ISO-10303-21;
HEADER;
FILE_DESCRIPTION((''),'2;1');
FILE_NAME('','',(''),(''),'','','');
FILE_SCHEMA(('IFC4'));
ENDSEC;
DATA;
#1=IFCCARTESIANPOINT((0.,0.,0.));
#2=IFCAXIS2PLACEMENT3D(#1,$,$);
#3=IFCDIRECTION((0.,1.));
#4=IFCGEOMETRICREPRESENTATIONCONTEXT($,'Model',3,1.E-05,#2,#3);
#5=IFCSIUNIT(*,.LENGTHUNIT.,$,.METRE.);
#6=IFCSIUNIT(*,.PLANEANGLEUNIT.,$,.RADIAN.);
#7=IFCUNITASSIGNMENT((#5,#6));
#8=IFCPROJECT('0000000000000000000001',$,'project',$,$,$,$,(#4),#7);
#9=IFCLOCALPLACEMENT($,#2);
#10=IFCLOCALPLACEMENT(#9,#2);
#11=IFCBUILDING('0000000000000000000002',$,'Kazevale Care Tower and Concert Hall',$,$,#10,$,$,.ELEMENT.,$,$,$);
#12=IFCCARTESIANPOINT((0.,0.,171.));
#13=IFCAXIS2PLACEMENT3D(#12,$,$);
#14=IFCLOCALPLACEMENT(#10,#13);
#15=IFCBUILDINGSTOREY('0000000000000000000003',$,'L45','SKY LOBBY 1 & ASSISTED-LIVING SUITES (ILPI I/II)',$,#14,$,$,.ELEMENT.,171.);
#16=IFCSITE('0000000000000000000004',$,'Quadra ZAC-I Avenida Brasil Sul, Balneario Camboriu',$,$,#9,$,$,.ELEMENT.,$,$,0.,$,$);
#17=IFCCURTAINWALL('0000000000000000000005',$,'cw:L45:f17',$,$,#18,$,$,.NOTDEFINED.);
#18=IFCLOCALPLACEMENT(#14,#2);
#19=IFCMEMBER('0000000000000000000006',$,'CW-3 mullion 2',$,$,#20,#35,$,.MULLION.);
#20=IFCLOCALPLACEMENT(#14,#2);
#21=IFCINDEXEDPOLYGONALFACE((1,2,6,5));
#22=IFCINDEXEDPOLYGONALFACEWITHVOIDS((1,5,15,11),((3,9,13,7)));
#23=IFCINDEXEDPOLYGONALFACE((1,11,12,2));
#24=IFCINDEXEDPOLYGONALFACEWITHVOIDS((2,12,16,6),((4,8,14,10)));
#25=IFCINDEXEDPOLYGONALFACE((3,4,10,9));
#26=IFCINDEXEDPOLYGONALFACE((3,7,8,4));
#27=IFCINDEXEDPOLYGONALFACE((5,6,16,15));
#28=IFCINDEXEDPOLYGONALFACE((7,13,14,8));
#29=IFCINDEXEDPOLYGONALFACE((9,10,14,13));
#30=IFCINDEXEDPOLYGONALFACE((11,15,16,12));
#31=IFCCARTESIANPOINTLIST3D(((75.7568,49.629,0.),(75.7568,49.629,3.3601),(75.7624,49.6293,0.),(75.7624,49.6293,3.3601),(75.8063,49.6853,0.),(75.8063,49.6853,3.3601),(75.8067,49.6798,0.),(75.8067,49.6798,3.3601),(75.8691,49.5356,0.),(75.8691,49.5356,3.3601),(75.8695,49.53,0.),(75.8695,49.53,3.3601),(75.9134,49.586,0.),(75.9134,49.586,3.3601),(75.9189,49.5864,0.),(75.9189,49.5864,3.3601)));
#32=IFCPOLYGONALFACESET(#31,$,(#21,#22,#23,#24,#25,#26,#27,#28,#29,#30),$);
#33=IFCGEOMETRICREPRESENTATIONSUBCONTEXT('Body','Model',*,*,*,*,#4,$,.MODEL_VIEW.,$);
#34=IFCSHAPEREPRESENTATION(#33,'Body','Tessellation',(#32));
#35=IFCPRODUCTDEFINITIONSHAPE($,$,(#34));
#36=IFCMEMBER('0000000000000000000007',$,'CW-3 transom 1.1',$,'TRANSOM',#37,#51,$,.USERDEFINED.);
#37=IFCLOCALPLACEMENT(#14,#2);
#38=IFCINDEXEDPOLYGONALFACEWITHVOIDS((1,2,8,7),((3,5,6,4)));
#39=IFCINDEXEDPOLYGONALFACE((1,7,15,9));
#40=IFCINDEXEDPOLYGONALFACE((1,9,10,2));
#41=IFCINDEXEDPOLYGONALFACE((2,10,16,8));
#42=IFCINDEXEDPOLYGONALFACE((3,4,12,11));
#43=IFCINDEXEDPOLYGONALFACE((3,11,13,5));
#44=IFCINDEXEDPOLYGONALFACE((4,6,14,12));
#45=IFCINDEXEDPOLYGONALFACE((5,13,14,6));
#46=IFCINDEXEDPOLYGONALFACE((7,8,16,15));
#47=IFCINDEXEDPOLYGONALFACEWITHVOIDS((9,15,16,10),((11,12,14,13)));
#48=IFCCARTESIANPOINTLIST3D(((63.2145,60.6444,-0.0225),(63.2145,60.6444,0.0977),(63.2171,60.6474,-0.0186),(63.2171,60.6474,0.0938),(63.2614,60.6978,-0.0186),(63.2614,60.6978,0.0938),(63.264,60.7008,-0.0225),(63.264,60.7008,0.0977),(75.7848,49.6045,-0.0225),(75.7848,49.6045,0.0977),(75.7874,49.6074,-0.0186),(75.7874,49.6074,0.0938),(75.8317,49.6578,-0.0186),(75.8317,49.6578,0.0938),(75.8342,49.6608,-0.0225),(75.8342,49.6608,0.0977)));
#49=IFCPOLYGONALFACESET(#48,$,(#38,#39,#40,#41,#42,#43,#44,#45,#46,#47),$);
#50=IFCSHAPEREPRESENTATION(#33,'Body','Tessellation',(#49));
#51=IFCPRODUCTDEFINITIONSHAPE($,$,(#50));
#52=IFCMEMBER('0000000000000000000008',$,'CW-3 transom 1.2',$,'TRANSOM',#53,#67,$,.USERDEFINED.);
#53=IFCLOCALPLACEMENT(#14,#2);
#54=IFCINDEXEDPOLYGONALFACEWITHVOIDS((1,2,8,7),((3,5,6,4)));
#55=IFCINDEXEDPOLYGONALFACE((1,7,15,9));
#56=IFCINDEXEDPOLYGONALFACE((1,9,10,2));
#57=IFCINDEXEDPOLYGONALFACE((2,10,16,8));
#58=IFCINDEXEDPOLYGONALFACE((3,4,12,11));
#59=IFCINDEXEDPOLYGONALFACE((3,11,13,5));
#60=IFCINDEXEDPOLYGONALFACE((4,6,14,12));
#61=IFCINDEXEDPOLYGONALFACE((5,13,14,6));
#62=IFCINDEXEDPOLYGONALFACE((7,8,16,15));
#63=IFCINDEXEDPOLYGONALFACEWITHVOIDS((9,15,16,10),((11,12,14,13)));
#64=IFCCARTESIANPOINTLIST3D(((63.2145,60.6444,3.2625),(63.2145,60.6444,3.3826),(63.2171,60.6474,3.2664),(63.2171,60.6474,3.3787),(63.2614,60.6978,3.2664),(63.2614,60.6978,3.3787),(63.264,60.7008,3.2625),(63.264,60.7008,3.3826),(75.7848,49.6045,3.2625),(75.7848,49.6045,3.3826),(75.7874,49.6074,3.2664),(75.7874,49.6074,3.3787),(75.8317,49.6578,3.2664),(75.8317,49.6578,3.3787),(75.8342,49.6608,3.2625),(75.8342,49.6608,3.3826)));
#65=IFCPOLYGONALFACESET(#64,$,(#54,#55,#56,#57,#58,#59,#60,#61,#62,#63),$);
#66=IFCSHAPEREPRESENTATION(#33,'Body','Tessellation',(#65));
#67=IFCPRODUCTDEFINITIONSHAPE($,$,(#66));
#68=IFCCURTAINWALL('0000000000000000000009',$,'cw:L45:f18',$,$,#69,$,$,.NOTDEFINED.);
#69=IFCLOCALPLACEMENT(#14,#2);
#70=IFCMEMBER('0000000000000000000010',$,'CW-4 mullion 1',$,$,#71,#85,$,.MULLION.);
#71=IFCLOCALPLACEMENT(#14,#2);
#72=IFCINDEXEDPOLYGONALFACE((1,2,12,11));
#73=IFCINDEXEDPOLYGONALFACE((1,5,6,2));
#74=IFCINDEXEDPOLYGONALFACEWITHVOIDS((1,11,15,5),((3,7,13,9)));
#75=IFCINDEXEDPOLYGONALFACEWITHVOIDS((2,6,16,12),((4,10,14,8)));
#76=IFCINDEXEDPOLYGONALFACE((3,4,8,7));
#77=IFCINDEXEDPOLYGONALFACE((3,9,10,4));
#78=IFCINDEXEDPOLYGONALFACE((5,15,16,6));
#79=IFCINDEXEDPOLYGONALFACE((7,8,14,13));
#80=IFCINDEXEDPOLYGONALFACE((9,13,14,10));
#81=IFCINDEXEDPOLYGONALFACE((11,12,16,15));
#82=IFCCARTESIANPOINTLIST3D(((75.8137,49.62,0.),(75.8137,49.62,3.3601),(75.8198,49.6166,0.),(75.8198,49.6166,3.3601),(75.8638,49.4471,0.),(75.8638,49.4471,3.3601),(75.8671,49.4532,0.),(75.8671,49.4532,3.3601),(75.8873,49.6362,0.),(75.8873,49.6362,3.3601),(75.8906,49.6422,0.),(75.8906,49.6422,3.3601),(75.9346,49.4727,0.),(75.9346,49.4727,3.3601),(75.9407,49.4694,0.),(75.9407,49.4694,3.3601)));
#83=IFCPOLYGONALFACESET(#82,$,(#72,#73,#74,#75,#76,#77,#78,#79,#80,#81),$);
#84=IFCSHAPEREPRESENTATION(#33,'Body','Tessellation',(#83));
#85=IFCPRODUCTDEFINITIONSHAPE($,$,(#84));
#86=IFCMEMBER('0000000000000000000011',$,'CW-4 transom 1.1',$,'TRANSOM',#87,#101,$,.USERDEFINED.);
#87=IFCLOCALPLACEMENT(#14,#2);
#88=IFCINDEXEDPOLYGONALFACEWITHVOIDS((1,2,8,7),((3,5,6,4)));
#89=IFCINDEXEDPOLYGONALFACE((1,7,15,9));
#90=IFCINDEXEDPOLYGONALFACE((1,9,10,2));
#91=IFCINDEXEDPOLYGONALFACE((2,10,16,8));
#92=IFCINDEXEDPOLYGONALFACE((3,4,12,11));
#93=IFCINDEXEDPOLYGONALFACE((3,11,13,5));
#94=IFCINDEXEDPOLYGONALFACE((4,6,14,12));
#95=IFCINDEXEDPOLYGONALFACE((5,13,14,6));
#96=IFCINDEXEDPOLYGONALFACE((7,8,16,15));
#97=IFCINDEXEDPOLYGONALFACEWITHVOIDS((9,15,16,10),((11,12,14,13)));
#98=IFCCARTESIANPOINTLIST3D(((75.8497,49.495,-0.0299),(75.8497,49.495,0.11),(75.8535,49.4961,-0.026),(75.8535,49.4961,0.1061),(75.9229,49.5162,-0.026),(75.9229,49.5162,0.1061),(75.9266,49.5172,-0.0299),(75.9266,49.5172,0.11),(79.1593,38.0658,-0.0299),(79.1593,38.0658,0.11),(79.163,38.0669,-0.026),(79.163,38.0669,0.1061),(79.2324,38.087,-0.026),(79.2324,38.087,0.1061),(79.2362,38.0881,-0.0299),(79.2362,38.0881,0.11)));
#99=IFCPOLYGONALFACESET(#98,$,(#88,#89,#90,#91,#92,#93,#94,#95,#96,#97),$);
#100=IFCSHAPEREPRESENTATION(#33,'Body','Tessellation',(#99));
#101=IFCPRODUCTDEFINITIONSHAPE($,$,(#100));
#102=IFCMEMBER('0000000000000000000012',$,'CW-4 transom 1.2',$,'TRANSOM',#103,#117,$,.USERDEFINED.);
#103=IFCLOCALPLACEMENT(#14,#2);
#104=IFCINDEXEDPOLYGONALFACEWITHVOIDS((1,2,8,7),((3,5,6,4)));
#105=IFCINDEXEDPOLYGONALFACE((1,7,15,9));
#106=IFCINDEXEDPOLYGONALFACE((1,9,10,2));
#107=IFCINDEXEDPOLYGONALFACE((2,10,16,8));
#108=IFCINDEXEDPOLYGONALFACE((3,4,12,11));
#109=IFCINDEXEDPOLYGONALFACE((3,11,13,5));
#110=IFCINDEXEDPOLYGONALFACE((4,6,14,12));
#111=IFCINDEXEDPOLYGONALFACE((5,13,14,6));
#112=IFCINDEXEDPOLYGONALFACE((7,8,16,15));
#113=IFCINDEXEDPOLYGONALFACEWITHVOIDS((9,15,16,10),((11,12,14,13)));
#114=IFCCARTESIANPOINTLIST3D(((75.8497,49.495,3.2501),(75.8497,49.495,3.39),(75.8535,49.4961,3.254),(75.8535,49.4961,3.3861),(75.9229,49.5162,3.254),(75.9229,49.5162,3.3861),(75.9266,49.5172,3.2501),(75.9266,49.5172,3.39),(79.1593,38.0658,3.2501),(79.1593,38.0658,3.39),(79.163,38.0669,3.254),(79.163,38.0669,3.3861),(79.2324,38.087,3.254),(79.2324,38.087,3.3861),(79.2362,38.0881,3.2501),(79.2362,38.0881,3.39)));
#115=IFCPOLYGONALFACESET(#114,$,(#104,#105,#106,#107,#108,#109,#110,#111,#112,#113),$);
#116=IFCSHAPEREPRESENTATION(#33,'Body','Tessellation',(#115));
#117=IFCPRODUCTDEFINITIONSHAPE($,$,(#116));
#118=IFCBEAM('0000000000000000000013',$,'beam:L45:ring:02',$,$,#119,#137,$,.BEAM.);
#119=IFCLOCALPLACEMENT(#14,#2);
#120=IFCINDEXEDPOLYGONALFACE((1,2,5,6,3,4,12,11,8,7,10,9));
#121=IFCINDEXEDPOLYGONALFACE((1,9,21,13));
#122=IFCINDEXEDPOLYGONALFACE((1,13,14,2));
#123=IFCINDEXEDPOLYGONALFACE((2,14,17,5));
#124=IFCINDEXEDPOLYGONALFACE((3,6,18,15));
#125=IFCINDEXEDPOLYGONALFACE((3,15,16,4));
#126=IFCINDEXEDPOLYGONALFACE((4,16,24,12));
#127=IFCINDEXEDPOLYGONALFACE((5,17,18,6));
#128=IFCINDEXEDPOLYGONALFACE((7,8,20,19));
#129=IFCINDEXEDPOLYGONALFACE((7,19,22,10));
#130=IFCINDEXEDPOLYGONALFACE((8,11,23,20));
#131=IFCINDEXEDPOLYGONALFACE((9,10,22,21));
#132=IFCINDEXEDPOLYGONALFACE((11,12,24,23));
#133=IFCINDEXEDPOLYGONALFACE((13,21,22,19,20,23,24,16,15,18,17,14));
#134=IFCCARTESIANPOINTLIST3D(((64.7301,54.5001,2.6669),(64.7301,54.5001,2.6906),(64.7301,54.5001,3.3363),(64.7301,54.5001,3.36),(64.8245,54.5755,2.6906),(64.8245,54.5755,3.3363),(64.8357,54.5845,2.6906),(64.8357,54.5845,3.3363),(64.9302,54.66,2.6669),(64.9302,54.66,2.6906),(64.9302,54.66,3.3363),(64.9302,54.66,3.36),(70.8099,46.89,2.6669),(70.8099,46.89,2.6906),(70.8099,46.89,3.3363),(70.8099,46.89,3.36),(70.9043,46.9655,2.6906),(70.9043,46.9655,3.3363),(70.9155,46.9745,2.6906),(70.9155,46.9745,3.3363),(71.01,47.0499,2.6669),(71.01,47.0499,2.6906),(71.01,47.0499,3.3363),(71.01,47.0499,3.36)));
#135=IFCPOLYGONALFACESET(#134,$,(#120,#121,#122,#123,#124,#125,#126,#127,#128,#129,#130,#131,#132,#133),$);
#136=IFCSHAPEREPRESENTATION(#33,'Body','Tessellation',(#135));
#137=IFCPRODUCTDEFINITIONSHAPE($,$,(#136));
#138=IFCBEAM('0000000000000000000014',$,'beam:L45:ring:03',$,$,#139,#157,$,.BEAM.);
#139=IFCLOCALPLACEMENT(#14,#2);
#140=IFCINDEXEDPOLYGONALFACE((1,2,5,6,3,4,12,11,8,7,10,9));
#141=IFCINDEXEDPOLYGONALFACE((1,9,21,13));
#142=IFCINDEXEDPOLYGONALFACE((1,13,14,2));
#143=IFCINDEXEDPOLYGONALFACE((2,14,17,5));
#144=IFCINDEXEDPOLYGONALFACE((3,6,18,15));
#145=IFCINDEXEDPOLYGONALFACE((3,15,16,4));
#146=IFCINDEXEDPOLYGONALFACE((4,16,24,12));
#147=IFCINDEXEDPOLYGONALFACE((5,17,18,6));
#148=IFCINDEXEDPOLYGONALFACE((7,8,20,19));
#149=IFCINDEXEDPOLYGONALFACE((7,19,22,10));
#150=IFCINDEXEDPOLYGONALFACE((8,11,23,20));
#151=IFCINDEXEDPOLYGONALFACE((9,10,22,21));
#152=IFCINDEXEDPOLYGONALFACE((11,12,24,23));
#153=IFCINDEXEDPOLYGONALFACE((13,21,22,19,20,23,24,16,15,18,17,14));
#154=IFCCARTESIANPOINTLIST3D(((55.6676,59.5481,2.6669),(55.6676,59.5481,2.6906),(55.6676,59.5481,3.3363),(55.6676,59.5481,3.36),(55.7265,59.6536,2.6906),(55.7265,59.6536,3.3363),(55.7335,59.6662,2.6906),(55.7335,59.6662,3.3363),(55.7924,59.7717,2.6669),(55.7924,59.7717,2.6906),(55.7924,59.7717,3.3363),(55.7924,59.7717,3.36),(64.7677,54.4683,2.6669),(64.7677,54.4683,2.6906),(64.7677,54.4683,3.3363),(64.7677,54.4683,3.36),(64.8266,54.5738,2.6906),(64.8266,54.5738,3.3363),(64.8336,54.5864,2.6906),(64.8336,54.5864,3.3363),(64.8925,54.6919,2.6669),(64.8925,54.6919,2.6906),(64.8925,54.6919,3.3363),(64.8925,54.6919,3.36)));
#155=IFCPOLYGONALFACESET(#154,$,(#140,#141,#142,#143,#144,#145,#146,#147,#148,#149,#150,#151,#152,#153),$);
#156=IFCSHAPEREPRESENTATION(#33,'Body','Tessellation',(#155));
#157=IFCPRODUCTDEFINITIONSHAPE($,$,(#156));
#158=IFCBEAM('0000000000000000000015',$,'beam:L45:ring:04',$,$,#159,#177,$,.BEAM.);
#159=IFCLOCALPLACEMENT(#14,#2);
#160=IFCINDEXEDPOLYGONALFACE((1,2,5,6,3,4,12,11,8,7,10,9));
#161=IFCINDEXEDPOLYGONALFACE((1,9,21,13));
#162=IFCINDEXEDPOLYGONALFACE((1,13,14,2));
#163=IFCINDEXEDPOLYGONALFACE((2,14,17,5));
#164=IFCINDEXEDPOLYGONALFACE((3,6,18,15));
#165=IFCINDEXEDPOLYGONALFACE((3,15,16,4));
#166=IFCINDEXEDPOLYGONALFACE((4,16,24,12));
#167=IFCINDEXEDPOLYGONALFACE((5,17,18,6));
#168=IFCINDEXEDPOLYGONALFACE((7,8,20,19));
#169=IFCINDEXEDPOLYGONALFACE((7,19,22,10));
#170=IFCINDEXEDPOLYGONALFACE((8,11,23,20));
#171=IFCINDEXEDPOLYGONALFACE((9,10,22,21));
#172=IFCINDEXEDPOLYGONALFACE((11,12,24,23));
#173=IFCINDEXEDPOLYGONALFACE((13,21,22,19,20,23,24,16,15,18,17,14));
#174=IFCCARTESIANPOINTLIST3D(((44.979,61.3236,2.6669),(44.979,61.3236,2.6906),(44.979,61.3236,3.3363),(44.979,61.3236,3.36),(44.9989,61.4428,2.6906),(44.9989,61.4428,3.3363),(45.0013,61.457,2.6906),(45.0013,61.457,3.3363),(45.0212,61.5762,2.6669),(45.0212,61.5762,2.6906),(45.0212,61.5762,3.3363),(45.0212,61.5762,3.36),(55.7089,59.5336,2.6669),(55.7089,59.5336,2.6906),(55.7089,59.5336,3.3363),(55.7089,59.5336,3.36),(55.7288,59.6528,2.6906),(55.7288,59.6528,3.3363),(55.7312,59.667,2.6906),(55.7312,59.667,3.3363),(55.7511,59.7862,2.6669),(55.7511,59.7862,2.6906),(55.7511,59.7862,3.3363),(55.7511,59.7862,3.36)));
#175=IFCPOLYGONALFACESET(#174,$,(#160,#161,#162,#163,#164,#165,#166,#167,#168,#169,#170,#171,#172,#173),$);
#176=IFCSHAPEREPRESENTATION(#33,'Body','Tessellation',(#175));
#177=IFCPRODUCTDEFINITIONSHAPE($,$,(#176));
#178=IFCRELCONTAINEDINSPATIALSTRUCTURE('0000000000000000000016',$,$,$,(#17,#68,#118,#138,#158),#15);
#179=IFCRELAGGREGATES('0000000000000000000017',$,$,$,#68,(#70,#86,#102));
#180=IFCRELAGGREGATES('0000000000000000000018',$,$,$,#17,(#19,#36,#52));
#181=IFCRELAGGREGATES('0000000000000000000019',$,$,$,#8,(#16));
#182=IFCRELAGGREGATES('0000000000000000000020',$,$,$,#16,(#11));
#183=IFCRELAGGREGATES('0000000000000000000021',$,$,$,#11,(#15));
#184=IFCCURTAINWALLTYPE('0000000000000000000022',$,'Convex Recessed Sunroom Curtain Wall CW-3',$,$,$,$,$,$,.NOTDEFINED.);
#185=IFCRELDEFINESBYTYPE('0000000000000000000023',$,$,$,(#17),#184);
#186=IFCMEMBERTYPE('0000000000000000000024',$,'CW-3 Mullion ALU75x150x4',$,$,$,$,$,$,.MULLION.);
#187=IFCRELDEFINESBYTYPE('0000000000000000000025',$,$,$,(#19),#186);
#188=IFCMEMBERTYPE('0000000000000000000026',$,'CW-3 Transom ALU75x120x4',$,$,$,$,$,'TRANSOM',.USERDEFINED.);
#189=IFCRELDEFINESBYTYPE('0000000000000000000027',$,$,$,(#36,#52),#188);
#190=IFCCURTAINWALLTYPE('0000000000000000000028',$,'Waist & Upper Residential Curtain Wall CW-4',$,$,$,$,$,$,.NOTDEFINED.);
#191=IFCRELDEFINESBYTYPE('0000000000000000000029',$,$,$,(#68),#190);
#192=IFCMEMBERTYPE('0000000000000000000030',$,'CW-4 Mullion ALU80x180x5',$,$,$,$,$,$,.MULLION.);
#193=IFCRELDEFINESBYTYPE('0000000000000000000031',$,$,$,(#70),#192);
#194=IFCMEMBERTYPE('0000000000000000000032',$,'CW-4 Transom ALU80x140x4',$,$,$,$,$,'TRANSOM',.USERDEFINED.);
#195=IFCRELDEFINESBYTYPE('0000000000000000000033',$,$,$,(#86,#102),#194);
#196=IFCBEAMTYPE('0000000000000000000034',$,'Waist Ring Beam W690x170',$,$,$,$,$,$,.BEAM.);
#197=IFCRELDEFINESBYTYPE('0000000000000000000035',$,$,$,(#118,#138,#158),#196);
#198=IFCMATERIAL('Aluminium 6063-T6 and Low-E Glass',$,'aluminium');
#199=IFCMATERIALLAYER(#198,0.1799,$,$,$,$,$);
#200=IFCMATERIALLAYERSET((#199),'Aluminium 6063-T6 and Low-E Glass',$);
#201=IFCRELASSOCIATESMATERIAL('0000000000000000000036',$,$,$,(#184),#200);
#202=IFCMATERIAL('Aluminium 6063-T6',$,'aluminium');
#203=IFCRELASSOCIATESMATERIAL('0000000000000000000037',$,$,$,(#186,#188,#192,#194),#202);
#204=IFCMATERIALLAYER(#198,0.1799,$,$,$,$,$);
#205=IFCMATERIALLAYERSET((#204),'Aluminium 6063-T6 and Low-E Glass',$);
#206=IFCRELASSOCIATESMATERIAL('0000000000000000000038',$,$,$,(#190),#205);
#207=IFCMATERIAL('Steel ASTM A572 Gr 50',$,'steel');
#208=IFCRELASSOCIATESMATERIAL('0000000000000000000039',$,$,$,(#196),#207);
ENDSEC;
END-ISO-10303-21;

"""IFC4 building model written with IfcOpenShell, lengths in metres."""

from ifc_helpers import new_model, si_unit, direction, frame, origin, origin_2d, place, context, subcontext, project, spatial, hollow_rectangle, i_section, extrude, material, layer, layer_set, material_profile, profile_set, type_object, element, aggregate, save


model = new_model("IFC4")

# Units and contexts
model_context = context("Model", 3, precision=1e-05, world=origin(), true_north=direction((0.0, 1.0)))
body_context = subcontext(model_context, "Body", "Model", "MODEL_VIEW")
ifc_project = project(units=[si_unit("LENGTHUNIT", "METRE"), si_unit("PLANEANGLEUNIT", "RADIAN")], contexts=[model_context])

# Site, building, storey
site_placement = place(None, origin())
site = spatial("IfcSite", under=ifc_project, at=site_placement, Name="Quadra ZAC-I Avenida Brasil Sul, Balneario Camboriu", CompositionType="ELEMENT", RefElevation=0.0)
building_placement = place(site_placement, origin())
building = spatial("IfcBuilding", under=site, at=building_placement, Name="Kazevale Care Tower and Concert Hall", CompositionType="ELEMENT")
storey_placement = place(building_placement, frame((0.0, 0.0, 171.0)))
storey = spatial("IfcBuildingStorey", under=building, at=storey_placement, Name="L45", Description="SKY LOBBY 1 & ASSISTED-LIVING SUITES (ILPI I/II)", CompositionType="ELEMENT", Elevation=171.0)

# Shared definitions
ifc_material_1 = material(Name="Aluminium 6063-T6 and Low-E Glass", Category="aluminium")
ifc_material_2 = material(Name="Aluminium 6063-T6", Category="aluminium")

# Curtain walls, members
ifc_layer_1 = layer(ifc_material_1, 0.1799)
ifc_layer_set_1 = layer_set([ifc_layer_1], Name="Aluminium 6063-T6 and Low-E Glass")
curtain_wall_type_1 = type_object("IfcCurtainWallType", Name="Convex Recessed Sunroom Curtain Wall CW-3", PredefinedType="NOTDEFINED", material=ifc_layer_set_1)
curtain_wall_1_placement = place(storey_placement, origin())
curtain_wall_1 = element("IfcCurtainWall", 1, at=curtain_wall_1_placement, inside=storey, type_object=curtain_wall_type_1, Name="cw:L45:f17", PredefinedType="NOTDEFINED")
ifc_material_profile_1 = material_profile(ifc_material_2, hollow_rectangle(XDim=0.075, YDim=0.1499, WallThickness=0.0039, at=origin_2d()), Name="ALU75x150x4")
ifc_profile_set_1 = profile_set([ifc_material_profile_1], Name="Aluminium 6063-T6")
member_type_1 = type_object("IfcMemberType", Name="CW-3 Mullion ALU75x150x4", PredefinedType="MULLION", material=ifc_profile_set_1)
member_1_placement = place(storey_placement, frame((75.8379, 49.6077, 0.0), z_axis=(0.0, 0.0, 1.0), x_axis=(0.659892, 0.751361, 0.0)))
member_1 = element("IfcMember", 2, at=member_1_placement, type_object=member_type_1, Name="CW-3 mullion 2", PredefinedType="MULLION", context=body_context, shape_type="SweptSolid", body=[
    extrude(hollow_rectangle(XDim=0.075, YDim=0.1499, WallThickness=0.0039, at=origin_2d()), origin(), (0.0, 0.0, 1.0), 3.3601),
])
ifc_material_profile_2 = material_profile(ifc_material_2, hollow_rectangle(XDim=0.075, YDim=0.1201, WallThickness=0.0039, at=origin_2d()), Name="ALU75x120x4")
ifc_profile_set_2 = profile_set([ifc_material_profile_2], Name="Aluminium 6063-T6")
member_type_2 = type_object("IfcMemberType", Name="CW-3 Transom ALU75x120x4", ElementType="TRANSOM", PredefinedType="USERDEFINED", material=ifc_profile_set_2)
member_2_placement = place(storey_placement, frame((63.2393, 60.6726, 0.0376), z_axis=(0.75136, -0.659892, 0.0), x_axis=(0.659892, 0.75136, 0.0)))
member_2 = element("IfcMember", 3, at=member_2_placement, type_object=member_type_2, Name="CW-3 transom 1.1", ObjectType="TRANSOM", PredefinedType="USERDEFINED", context=body_context, shape_type="SweptSolid", body=[
    extrude(hollow_rectangle(XDim=0.075, YDim=0.1201, WallThickness=0.0039, at=origin_2d()), origin(), (0.0, 0.0, 1.0), 16.73),
])
member_3_placement = place(storey_placement, frame((63.2393, 60.6726, 3.3225), z_axis=(0.75136, -0.659892, 0.0), x_axis=(0.659892, 0.75136, 0.0)))
member_3 = element("IfcMember", 4, at=member_3_placement, type_object=member_type_2, Name="CW-3 transom 1.2", ObjectType="TRANSOM", PredefinedType="USERDEFINED", context=body_context, shape_type="SweptSolid", body=[
    extrude(hollow_rectangle(XDim=0.075, YDim=0.1201, WallThickness=0.0039, at=origin_2d()), origin(), (0.0, 0.0, 1.0), 16.73),
])
ifc_layer_2 = layer(ifc_material_1, 0.1799)
ifc_layer_set_2 = layer_set([ifc_layer_2], Name="Aluminium 6063-T6 and Low-E Glass")
curtain_wall_type_2 = type_object("IfcCurtainWallType", Name="Waist & Upper Residential Curtain Wall CW-4", PredefinedType="NOTDEFINED", material=ifc_layer_set_2)
curtain_wall_2_placement = place(storey_placement, origin())
curtain_wall_2 = element("IfcCurtainWall", 5, at=curtain_wall_2_placement, inside=storey, type_object=curtain_wall_type_2, Name="cw:L45:f18", PredefinedType="NOTDEFINED")
ifc_material_profile_3 = material_profile(ifc_material_2, hollow_rectangle(XDim=0.0801, YDim=0.1799, WallThickness=0.0049, at=origin_2d()), Name="ALU80x180x5")
ifc_profile_set_3 = profile_set([ifc_material_profile_3], Name="Aluminium 6063-T6")
member_type_3 = type_object("IfcMemberType", Name="CW-4 Mullion ALU80x180x5", PredefinedType="MULLION", material=ifc_profile_set_3)
member_4_placement = place(storey_placement, frame((75.8772, 49.5447, 0.0), z_axis=(0.0, 0.0, 1.0), x_axis=(0.960542, 0.278137, 0.0)))
member_4 = element("IfcMember", 6, at=member_4_placement, type_object=member_type_3, Name="CW-4 mullion 1", PredefinedType="MULLION", context=body_context, shape_type="SweptSolid", body=[
    extrude(hollow_rectangle(XDim=0.0801, YDim=0.1799, WallThickness=0.0049, at=origin_2d()), origin(), (0.0, 0.0, 1.0), 3.3601),
])
ifc_material_profile_4 = material_profile(ifc_material_2, hollow_rectangle(XDim=0.0801, YDim=0.1399, WallThickness=0.0039, at=origin_2d()), Name="ALU80x140x4")
ifc_profile_set_4 = profile_set([ifc_material_profile_4], Name="Aluminium 6063-T6")
member_type_4 = type_object("IfcMemberType", Name="CW-4 Transom ALU80x140x4", ElementType="TRANSOM", PredefinedType="USERDEFINED", material=ifc_profile_set_4)
member_5_placement = place(storey_placement, frame((75.8882, 49.5061, 0.04), z_axis=(0.278145, -0.960539, 0.0), x_axis=(0.960539, 0.278145, 0.0)))
member_5 = element("IfcMember", 7, at=member_5_placement, type_object=member_type_4, Name="CW-4 transom 1.1", ObjectType="TRANSOM", PredefinedType="USERDEFINED", context=body_context, shape_type="SweptSolid", body=[
    extrude(hollow_rectangle(XDim=0.0801, YDim=0.1399, WallThickness=0.0039, at=origin_2d()), origin(), (0.0, 0.0, 1.0), 11.8987),
])
member_6_placement = place(storey_placement, frame((75.8882, 49.5061, 3.3201), z_axis=(0.278145, -0.960539, 0.0), x_axis=(0.960539, 0.278145, 0.0)))
member_6 = element("IfcMember", 8, at=member_6_placement, type_object=member_type_4, Name="CW-4 transom 1.2", ObjectType="TRANSOM", PredefinedType="USERDEFINED", context=body_context, shape_type="SweptSolid", body=[
    extrude(hollow_rectangle(XDim=0.0801, YDim=0.1399, WallThickness=0.0039, at=origin_2d()), origin(), (0.0, 0.0, 1.0), 11.8987),
])
aggregate(curtain_wall_2, [member_4, member_5, member_6])

# Beams
ifc_material_3 = material(Name="Steel ASTM A572 Gr 50", Category="steel")
ifc_material_profile_5 = material_profile(ifc_material_3, i_section(OverallWidth=0.2561, OverallDepth=0.6931, WebThickness=0.0144, FlangeThickness=0.0237, at=origin_2d()), Name="W690x170")
ifc_profile_set_5 = profile_set([ifc_material_profile_5], Name="Steel ASTM A572 Gr 50")
beam_type = type_object("IfcBeamType", Name="Waist Ring Beam W690x170", PredefinedType="BEAM", material=ifc_profile_set_5)
beam_1_placement = place(storey_placement, frame((70.9099, 46.97, 3.0134), z_axis=(-0.624178, 0.781282, 0.0), x_axis=(-0.781282, -0.624178, 0.0)))
element("IfcBeam", 9, at=beam_1_placement, inside=storey, type_object=beam_type, Name="beam:L45:ring:02", PredefinedType="BEAM", context=body_context, shape_type="SweptSolid", body=[
    extrude(i_section(OverallWidth=0.2561, OverallDepth=0.6931, WebThickness=0.0144, FlangeThickness=0.0237, at=origin_2d()), origin(), (0.0, 0.0, 1.0), 9.7405),
])
beam_2_placement = place(storey_placement, frame((64.8301, 54.5801, 3.0134), z_axis=(-0.873169, 0.487418, 0.0), x_axis=(-0.487418, -0.873169, 0.0)))
element("IfcBeam", 10, at=beam_2_placement, inside=storey, type_object=beam_type, Name="beam:L45:ring:03", PredefinedType="BEAM", context=body_context, shape_type="SweptSolid", body=[
    extrude(i_section(OverallWidth=0.2561, OverallDepth=0.6931, WebThickness=0.0144, FlangeThickness=0.0237, at=origin_2d()), origin(), (0.0, 0.0, 1.0), 10.4219),
])
beam_3_placement = place(storey_placement, frame((55.73, 59.6599, 3.0134), z_axis=(-0.986368, 0.164552, 0.0), x_axis=(-0.164552, -0.986368, 0.0)))
element("IfcBeam", 11, at=beam_3_placement, inside=storey, type_object=beam_type, Name="beam:L45:ring:04", PredefinedType="BEAM", context=body_context, shape_type="SweptSolid", body=[
    extrude(i_section(OverallWidth=0.2561, OverallDepth=0.6931, WebThickness=0.0144, FlangeThickness=0.0237, at=origin_2d()), origin(), (0.0, 0.0, 1.0), 10.8782),
])

aggregate(curtain_wall_1, [member_1, member_2, member_3])

save(model, "model.ifc")
